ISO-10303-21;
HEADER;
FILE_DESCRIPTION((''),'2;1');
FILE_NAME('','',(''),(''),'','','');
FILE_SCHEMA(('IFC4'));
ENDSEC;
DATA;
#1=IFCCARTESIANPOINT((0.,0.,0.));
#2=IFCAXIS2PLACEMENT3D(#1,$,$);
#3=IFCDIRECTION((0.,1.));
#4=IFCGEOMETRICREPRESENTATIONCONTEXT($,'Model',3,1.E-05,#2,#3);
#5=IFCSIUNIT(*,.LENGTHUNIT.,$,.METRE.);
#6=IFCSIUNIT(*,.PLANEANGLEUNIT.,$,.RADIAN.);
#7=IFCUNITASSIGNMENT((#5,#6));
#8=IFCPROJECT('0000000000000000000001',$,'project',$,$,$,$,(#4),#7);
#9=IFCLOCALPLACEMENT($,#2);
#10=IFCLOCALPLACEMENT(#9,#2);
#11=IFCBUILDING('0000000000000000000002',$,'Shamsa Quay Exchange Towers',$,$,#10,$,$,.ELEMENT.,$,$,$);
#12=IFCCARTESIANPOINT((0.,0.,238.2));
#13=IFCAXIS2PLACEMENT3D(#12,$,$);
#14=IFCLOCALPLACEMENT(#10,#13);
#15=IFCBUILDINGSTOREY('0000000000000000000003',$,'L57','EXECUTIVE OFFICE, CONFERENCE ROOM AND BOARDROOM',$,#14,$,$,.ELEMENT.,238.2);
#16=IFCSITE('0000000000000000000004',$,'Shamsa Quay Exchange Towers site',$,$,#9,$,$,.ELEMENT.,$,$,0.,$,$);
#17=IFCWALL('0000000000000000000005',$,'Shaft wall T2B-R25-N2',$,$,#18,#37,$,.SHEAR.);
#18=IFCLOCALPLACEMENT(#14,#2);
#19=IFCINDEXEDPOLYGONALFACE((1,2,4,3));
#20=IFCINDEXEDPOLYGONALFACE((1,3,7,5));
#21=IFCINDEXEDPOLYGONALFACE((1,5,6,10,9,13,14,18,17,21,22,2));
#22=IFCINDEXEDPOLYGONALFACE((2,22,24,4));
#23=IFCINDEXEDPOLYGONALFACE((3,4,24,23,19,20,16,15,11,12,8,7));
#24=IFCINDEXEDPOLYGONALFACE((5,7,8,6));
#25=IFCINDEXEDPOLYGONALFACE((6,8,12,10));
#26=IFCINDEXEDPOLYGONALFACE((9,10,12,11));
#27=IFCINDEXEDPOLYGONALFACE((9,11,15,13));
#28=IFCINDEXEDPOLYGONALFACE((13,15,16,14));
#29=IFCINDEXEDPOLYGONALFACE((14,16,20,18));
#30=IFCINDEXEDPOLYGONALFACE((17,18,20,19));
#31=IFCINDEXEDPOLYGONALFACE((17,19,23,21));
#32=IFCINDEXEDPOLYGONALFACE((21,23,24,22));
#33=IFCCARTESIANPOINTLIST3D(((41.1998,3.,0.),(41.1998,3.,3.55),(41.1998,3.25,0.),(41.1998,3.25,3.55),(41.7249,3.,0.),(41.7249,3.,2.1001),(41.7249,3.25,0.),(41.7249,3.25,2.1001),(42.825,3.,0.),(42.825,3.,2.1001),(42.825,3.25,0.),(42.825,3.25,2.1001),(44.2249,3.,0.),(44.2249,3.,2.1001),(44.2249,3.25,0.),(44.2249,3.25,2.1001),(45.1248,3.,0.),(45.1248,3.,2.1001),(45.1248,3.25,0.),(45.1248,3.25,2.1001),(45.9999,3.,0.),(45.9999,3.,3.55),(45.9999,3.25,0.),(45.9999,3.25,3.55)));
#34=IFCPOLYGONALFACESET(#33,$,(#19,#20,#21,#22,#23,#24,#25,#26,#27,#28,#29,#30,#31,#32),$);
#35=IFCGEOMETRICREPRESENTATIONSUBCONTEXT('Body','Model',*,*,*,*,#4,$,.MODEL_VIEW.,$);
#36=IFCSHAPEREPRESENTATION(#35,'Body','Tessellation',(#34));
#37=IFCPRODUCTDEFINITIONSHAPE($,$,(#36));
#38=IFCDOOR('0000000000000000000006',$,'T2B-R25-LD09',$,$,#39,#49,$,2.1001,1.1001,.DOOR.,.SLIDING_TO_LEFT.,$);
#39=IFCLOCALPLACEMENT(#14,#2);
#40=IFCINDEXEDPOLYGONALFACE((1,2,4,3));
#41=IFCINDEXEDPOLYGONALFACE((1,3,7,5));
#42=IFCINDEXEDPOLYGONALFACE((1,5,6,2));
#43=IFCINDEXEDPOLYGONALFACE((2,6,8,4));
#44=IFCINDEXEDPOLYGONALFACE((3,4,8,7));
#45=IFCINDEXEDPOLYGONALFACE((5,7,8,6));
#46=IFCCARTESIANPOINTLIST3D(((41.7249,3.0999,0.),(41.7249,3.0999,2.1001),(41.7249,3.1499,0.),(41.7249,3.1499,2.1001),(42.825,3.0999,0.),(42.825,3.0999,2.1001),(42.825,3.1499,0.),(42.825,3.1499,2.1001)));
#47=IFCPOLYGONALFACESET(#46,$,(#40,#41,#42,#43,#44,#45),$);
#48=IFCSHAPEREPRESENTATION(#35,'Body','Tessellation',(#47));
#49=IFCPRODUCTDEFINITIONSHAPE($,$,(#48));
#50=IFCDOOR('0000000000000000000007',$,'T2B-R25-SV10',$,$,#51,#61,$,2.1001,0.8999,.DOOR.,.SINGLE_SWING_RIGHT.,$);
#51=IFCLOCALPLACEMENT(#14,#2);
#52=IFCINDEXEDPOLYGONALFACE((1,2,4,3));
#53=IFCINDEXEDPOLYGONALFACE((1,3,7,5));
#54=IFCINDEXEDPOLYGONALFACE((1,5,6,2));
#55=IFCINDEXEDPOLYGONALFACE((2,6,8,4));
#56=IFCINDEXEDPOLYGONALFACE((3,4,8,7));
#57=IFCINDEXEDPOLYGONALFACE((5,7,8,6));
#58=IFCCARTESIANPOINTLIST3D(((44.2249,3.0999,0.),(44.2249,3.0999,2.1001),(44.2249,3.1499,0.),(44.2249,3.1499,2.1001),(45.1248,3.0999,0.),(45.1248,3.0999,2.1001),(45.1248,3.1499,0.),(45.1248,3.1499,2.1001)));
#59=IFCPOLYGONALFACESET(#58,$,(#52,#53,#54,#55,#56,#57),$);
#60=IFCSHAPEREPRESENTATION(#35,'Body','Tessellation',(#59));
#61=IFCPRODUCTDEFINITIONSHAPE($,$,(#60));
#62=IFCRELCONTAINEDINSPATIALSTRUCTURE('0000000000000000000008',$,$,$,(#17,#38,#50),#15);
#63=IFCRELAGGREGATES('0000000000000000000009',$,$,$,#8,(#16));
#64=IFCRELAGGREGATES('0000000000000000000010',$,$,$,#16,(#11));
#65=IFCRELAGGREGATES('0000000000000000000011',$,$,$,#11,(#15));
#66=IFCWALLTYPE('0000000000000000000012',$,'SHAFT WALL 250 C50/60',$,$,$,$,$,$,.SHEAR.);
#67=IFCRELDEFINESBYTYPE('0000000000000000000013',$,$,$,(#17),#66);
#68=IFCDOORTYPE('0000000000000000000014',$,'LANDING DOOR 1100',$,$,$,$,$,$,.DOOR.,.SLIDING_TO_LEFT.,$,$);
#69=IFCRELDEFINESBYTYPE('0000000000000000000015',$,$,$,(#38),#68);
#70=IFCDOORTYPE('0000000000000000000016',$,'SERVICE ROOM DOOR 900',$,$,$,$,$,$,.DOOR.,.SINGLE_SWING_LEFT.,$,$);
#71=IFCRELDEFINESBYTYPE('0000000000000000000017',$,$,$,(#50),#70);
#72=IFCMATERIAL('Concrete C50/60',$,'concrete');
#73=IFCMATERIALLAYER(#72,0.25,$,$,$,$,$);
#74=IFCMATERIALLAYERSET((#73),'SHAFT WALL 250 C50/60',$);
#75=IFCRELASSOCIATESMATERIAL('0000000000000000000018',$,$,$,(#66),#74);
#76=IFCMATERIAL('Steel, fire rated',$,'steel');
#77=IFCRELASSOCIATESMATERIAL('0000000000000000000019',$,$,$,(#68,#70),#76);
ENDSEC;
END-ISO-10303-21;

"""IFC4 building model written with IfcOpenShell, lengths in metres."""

from ifc_helpers import new_model, si_unit, direction, frame, frame_2d, origin, place, context, subcontext, project, spatial, rectangle, extrude, material, layer, layer_set, type_object, element, fill, save


model = new_model("IFC4")

# Units and contexts
model_context = context("Model", 3, precision=1e-05, world=origin(), true_north=direction((0.0, 1.0)))
body_context = subcontext(model_context, "Body", "Model", "MODEL_VIEW")
ifc_project = project(units=[si_unit("LENGTHUNIT", "METRE"), si_unit("PLANEANGLEUNIT", "RADIAN")], contexts=[model_context])

# Site, building, storey
site_placement = place(None, origin())
site = spatial("IfcSite", under=ifc_project, at=site_placement, Name="Shamsa Quay Exchange Towers site", CompositionType="ELEMENT", RefElevation=0.0)
building_placement = place(site_placement, origin())
building = spatial("IfcBuilding", under=site, at=building_placement, Name="Shamsa Quay Exchange Towers", CompositionType="ELEMENT")
storey_placement = place(building_placement, frame((0.0, 0.0, 238.2)))
storey = spatial("IfcBuildingStorey", under=building, at=storey_placement, Name="L57", Description="EXECUTIVE OFFICE, CONFERENCE ROOM AND BOARDROOM", CompositionType="ELEMENT", Elevation=238.2)

# Wall, openings, doors
ifc_material_1 = material(Name="Concrete C50/60", Category="concrete")
ifc_layer_1 = layer(ifc_material_1, 0.25)
ifc_layer_set_1 = layer_set([ifc_layer_1], Name="SHAFT WALL 250 C50/60")
wall_type_1 = type_object("IfcWallType", Name="SHAFT WALL 250 C50/60", PredefinedType="SHEAR", material=ifc_layer_set_1)
wall_1_placement = place(storey_placement, frame((41.2, 3.125, 0.0)))
wall_1 = element("IfcWall", 1, at=wall_1_placement, inside=storey, type_object=wall_type_1, Name="Shaft wall T2B-R25-N2", PredefinedType="SHEAR", context=body_context, shape_type="SweptSolid", body=[
    extrude(rectangle(XDim=4.8, YDim=0.25, at=frame_2d((2.3999, 0.0))), origin(), (0.0, 0.0, 1.0), 3.55),
])
opening_1_placement = place(wall_1_placement, frame((0.5249, 0.0, 0.0)))
opening_1 = element("IfcOpeningElement", 2, at=opening_1_placement, cuts=wall_1, PredefinedType="OPENING", context=body_context, shape_type="SweptSolid", body=[
    extrude(rectangle(XDim=1.1001, YDim=2.1001, at=frame_2d((0.55, 1.05))), frame((0.0, 0.135, 0.0), z_axis=(0.0, -1.0, 0.0), x_axis=(1.0, 0.0, 0.0)), (0.0, 0.0, 1.0), 0.27),
])
opening_2_placement = place(wall_1_placement, frame((3.0249, 0.0, 0.0)))
opening_2 = element("IfcOpeningElement", 3, at=opening_2_placement, cuts=wall_1, PredefinedType="OPENING", context=body_context, shape_type="SweptSolid", body=[
    extrude(rectangle(XDim=0.8999, YDim=2.1001, at=frame_2d((0.45, 1.05))), frame((0.0, 0.135, 0.0), z_axis=(0.0, -1.0, 0.0), x_axis=(1.0, 0.0, 0.0)), (0.0, 0.0, 1.0), 0.27),
])
ifc_material_2 = material(Name="Steel, fire rated", Category="steel")
door_type_1 = type_object("IfcDoorType", Name="LANDING DOOR 1100", OperationType="SLIDING_TO_LEFT", PredefinedType="DOOR", material=ifc_material_2)
door_1_placement = place(opening_1_placement, origin())
door_1 = element("IfcDoor", 4, at=door_1_placement, inside=storey, type_object=door_type_1, Name="T2B-R25-LD09", OperationType="SLIDING_TO_LEFT", OverallHeight=2.1001, OverallWidth=1.1001, PredefinedType="DOOR", context=body_context, shape_type="SweptSolid", body=[
    extrude(rectangle(XDim=1.1001, YDim=2.1001, at=frame_2d((0.55, 1.05))), frame((0.0, 0.0249, 0.0), z_axis=(0.0, -1.0, 0.0), x_axis=(1.0, 0.0, 0.0)), (0.0, 0.0, 1.0), 0.05),
])
fill(opening_1, door_1)
door_type_2 = type_object("IfcDoorType", Name="SERVICE ROOM DOOR 900", OperationType="SINGLE_SWING_LEFT", PredefinedType="DOOR", material=ifc_material_2)
door_2_placement = place(opening_2_placement, origin())
door_2 = element("IfcDoor", 5, at=door_2_placement, inside=storey, type_object=door_type_2, Name="T2B-R25-SV10", OperationType="SINGLE_SWING_RIGHT", OverallHeight=2.1001, OverallWidth=0.8999, PredefinedType="DOOR", context=body_context, shape_type="SweptSolid", body=[
    extrude(rectangle(XDim=0.8999, YDim=2.1001, at=frame_2d((0.45, 1.05))), frame((0.0, 0.0249, 0.0), z_axis=(0.0, -1.0, 0.0), x_axis=(1.0, 0.0, 0.0)), (0.0, 0.0, 1.0), 0.05),
])
fill(opening_2, door_2)

save(model, "model.ifc")
